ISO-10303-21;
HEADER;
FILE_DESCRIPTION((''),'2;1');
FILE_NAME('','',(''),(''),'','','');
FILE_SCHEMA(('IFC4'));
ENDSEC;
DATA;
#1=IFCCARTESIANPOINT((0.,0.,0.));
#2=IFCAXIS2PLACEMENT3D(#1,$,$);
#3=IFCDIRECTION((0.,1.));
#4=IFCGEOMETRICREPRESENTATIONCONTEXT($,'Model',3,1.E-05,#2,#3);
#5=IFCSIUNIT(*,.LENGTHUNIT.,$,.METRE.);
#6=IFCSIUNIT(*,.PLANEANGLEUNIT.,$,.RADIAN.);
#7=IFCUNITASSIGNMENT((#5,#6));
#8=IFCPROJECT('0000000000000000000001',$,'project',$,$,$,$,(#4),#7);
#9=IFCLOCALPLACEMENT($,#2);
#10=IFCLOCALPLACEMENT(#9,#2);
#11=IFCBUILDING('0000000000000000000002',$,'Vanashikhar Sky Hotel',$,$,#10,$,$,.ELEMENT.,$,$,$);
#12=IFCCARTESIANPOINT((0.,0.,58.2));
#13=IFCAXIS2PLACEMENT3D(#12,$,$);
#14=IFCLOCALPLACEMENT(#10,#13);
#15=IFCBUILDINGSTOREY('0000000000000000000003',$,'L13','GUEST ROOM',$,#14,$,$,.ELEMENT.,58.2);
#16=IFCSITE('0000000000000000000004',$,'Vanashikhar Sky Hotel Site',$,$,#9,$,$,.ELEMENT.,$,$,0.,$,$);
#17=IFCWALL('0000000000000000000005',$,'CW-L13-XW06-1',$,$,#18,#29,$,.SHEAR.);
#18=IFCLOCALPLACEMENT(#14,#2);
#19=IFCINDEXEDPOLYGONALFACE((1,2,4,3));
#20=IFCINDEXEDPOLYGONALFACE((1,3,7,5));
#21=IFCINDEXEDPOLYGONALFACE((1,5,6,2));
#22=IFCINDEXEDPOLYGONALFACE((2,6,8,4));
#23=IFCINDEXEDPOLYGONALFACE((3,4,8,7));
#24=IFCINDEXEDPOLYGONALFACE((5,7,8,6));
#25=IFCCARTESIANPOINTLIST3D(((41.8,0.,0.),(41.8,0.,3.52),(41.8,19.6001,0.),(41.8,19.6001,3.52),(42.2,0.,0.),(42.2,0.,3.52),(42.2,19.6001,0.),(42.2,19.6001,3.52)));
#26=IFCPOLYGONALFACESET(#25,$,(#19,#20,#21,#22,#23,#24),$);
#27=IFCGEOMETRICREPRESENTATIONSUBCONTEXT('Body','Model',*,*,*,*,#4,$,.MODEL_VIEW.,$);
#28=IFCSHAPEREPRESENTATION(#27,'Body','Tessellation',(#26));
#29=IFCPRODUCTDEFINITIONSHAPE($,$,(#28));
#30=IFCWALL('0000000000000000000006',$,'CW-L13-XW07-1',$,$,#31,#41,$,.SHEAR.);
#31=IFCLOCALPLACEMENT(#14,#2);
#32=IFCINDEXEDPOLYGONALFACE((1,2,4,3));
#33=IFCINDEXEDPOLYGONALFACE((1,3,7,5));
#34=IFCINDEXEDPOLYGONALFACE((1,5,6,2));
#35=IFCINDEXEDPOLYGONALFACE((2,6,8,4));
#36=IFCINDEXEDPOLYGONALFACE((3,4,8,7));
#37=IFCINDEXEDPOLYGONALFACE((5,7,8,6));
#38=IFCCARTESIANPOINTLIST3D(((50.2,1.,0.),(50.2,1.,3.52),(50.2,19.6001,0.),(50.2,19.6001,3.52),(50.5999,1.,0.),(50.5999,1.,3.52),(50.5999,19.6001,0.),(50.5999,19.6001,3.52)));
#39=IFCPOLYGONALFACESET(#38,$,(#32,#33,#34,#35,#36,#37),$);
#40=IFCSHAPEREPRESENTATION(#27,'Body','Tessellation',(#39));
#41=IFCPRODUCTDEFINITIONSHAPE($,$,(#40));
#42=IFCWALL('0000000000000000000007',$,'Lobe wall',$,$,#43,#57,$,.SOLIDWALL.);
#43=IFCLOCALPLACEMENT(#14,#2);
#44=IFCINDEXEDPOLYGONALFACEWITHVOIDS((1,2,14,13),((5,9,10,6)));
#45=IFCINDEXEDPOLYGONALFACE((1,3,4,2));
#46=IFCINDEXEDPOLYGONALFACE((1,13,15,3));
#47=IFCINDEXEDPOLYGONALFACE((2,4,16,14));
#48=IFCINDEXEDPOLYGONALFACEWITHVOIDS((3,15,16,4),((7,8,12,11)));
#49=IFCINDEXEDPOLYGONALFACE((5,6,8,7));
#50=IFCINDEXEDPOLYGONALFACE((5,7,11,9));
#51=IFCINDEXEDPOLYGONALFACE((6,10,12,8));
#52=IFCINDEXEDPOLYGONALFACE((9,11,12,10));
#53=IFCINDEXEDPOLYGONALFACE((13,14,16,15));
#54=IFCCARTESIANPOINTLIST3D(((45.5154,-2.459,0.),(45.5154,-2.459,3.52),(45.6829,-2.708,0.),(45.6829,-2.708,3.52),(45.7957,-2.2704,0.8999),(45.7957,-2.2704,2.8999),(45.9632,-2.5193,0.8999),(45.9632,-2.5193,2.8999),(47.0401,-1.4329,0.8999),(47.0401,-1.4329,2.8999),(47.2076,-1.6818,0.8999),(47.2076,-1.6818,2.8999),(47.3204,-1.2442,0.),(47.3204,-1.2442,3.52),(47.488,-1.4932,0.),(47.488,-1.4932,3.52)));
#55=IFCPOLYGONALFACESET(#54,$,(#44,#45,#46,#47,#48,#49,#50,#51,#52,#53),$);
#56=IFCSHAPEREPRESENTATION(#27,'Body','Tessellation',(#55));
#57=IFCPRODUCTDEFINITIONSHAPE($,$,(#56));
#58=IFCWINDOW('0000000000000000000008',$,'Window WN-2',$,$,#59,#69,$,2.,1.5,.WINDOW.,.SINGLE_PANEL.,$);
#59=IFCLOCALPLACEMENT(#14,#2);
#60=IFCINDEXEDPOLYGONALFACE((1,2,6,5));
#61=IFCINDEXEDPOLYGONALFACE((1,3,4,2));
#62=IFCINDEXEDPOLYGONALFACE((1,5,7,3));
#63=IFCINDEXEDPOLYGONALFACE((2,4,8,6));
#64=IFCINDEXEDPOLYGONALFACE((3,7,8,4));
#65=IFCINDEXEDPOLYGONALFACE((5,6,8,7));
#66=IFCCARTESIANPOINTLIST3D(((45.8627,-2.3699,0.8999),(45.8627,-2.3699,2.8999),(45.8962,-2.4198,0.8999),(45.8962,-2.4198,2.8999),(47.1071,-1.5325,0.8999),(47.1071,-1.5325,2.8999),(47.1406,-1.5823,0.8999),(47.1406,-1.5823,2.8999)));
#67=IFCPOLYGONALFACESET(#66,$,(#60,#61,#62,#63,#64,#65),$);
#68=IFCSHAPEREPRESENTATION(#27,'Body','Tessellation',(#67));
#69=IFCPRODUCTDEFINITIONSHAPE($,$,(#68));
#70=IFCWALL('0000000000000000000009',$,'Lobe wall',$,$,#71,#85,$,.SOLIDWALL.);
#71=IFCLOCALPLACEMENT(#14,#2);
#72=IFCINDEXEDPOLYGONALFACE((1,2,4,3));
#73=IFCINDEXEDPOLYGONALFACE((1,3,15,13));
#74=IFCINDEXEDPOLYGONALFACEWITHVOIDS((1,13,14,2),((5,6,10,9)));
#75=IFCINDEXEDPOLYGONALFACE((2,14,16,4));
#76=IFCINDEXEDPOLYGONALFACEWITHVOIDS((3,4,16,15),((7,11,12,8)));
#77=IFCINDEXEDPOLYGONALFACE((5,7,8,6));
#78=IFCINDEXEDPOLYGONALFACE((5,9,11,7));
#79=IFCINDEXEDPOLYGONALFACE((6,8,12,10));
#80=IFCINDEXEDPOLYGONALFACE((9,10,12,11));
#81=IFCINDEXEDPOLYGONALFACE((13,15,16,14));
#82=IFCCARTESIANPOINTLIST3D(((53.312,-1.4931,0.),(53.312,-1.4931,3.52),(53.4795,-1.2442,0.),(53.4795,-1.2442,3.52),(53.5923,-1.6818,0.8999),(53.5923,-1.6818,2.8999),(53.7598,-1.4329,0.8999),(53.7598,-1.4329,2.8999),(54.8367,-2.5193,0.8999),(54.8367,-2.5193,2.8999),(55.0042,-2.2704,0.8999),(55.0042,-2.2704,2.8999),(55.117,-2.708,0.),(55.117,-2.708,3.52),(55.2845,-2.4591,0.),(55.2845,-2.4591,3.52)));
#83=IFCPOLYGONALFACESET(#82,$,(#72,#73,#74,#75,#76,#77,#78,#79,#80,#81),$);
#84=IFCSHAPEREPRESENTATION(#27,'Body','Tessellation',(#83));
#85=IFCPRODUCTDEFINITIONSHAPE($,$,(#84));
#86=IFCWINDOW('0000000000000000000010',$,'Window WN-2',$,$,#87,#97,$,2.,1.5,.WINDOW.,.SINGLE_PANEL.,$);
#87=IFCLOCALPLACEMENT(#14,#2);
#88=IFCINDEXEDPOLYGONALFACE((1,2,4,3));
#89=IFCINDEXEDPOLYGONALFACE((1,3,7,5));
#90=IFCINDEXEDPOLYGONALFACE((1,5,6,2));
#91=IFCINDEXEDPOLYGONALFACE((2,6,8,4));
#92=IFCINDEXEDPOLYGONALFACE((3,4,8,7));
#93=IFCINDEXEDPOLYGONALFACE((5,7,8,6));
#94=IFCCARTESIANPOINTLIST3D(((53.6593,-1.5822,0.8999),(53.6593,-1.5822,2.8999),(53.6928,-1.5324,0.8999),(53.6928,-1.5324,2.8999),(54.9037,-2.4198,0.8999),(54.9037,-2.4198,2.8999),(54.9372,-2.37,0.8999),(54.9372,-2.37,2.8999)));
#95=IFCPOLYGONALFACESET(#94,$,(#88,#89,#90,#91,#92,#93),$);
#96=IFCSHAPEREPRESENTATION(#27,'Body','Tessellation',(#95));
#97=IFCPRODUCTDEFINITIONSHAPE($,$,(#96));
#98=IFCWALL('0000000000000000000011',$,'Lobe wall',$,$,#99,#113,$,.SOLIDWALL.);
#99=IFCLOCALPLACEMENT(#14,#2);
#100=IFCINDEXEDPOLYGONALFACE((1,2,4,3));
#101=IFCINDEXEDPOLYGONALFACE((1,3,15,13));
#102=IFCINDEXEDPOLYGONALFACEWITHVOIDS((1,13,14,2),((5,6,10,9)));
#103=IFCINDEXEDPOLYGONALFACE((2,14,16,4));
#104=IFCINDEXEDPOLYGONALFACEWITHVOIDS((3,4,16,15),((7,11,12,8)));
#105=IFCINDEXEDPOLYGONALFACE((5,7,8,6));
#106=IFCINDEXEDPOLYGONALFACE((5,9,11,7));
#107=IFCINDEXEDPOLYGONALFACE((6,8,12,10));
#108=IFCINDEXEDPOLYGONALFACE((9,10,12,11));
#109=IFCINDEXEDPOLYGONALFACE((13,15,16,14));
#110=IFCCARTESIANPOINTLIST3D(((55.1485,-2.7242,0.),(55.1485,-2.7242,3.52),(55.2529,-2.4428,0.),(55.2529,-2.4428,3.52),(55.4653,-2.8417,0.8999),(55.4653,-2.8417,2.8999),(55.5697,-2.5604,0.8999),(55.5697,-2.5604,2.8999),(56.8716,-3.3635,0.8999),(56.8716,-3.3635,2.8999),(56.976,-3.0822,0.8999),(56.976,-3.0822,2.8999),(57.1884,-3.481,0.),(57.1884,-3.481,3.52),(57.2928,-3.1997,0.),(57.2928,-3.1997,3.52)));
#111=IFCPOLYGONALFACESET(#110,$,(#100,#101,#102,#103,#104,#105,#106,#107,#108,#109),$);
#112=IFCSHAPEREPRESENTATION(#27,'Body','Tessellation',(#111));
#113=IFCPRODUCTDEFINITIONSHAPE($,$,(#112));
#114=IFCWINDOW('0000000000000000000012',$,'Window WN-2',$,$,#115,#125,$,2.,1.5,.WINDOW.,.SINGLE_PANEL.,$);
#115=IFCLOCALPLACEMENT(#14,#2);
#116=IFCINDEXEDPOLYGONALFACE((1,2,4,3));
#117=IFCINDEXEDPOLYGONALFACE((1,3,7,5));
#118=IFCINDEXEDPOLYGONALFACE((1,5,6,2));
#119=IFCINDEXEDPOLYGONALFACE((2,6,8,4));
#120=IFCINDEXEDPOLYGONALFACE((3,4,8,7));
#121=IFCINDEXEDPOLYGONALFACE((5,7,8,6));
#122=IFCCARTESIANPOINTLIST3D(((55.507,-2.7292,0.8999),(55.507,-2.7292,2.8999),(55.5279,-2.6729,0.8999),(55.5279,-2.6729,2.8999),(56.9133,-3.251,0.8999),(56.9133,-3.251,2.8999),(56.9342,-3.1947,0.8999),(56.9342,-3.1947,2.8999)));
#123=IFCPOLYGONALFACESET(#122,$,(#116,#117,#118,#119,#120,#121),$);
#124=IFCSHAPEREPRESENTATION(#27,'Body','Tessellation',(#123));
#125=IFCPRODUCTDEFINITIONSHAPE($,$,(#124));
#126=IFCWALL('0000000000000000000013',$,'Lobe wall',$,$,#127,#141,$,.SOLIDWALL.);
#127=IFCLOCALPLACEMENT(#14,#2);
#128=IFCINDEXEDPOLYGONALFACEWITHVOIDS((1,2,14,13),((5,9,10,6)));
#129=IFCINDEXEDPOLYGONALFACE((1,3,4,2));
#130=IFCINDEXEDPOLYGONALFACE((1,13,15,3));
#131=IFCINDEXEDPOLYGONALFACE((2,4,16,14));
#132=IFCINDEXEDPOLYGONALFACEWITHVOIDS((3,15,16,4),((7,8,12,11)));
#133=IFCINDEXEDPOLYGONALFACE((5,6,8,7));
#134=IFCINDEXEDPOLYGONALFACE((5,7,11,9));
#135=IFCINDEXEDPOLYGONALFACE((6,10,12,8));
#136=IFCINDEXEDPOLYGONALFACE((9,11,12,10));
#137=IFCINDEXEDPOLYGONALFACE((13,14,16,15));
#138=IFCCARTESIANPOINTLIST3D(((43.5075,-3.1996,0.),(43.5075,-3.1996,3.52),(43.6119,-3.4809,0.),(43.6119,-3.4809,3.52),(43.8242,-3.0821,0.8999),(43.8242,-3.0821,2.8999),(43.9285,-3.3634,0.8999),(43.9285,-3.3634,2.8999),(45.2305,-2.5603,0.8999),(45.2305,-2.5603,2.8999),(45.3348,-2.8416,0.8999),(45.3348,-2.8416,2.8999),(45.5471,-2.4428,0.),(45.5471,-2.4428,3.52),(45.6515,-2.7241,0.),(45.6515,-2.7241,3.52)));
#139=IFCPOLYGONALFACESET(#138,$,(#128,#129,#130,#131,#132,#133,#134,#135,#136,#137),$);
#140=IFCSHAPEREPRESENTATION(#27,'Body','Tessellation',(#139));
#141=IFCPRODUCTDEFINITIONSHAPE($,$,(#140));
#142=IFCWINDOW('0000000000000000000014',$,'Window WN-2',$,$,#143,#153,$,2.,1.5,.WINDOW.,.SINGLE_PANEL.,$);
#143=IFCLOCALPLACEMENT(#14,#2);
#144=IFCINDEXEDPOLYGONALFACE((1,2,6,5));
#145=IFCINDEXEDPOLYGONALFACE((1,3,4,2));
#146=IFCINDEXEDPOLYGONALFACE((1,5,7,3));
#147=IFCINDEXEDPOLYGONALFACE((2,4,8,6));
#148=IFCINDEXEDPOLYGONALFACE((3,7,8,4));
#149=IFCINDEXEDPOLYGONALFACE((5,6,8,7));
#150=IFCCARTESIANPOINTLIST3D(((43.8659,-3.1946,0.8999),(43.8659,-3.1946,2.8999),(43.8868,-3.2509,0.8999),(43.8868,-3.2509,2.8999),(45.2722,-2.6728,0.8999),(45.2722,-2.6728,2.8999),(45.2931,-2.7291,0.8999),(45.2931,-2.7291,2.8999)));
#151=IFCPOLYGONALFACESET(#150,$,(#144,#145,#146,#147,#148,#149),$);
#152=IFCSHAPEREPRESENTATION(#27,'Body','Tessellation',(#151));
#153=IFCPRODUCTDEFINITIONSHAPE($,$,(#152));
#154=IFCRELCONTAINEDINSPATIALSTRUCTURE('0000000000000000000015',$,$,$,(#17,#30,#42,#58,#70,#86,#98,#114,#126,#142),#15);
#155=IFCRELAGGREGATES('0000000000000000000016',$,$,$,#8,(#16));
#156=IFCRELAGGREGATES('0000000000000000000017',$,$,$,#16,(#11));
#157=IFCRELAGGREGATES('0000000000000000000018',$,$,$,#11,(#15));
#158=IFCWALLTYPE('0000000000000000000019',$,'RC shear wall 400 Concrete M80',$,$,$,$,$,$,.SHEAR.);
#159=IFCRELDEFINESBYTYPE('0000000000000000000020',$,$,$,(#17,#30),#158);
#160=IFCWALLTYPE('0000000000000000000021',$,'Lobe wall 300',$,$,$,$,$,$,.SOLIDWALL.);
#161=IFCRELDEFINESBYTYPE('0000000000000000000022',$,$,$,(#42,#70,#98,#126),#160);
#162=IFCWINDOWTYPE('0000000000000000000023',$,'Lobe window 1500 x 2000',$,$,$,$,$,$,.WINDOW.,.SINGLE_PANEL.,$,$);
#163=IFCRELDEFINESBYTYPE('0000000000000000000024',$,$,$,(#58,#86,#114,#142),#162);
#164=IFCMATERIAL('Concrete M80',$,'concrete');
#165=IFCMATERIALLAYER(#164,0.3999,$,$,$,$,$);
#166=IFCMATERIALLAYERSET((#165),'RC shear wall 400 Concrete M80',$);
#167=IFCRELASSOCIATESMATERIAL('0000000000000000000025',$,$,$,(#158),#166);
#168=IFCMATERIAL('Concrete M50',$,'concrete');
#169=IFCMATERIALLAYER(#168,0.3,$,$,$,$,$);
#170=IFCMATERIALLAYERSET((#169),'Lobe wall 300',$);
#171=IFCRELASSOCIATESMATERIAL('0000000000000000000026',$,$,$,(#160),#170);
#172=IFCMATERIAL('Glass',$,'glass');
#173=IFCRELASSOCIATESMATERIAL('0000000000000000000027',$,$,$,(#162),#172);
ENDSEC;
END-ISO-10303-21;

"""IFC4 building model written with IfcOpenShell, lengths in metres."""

from ifc_helpers import new_model, si_unit, direction, frame, frame_2d, origin, place, context, subcontext, project, spatial, rectangle, extrude, source, transform, mapped, material, layer, layer_set, type_object, element, fill, save


model = new_model("IFC4")

# Units and contexts
model_context = context("Model", 3, precision=1e-05, world=origin(), true_north=direction((0.0, 1.0)))
body_context = subcontext(model_context, "Body", "Model", "MODEL_VIEW")
ifc_project = project(units=[si_unit("LENGTHUNIT", "METRE"), si_unit("PLANEANGLEUNIT", "RADIAN")], contexts=[model_context])

# Site, building, storey
site_placement = place(None, origin())
site = spatial("IfcSite", under=ifc_project, at=site_placement, Name="Vanashikhar Sky Hotel Site", CompositionType="ELEMENT", RefElevation=0.0)
building_placement = place(site_placement, origin())
building = spatial("IfcBuilding", under=site, at=building_placement, Name="Vanashikhar Sky Hotel", CompositionType="ELEMENT")
storey_placement = place(building_placement, frame((0.0, 0.0, 58.2)))
storey = spatial("IfcBuildingStorey", under=building, at=storey_placement, Name="L13", Description="GUEST ROOM", CompositionType="ELEMENT", Elevation=58.2)

# Walls
ifc_material_1 = material(Name="Concrete M80", Category="concrete")
ifc_layer_1 = layer(ifc_material_1, 0.3999)
ifc_layer_set_1 = layer_set([ifc_layer_1], Name="RC shear wall 400 Concrete M80")
wall_type_1 = type_object("IfcWallType", Name="RC shear wall 400 Concrete M80", PredefinedType="SHEAR", material=ifc_layer_set_1)
shared_shape_1 = source(origin(), body_context, "Body", "SweptSolid", [
    extrude(rectangle(XDim=19.6001, YDim=0.3999, at=frame_2d((9.8, 0.0))), origin(), (0.0, 0.0, 1.0), 3.52),
])
wall_1_placement = place(storey_placement, frame((42.0, 0.0, 0.0), z_axis=(0.0, 0.0, 1.0), x_axis=(0.0, 1.0, 0.0)))
element("IfcWall", 1, at=wall_1_placement, inside=storey, type_object=wall_type_1, Name="CW-L13-XW06-1", PredefinedType="SHEAR", context=body_context, shape_type="MappedRepresentation", body=[
    mapped(shared_shape_1, transform((0.0, 0.0, 0.0), scale=1.0)),
])
shared_shape_2 = source(origin(), body_context, "Body", "SweptSolid", [
    extrude(rectangle(XDim=18.6001, YDim=0.3999, at=frame_2d((9.3, 0.0))), origin(), (0.0, 0.0, 1.0), 3.52),
])
wall_2_placement = place(storey_placement, frame((50.3999, 1.0, 0.0), z_axis=(0.0, 0.0, 1.0), x_axis=(0.0, 1.0, 0.0)))
element("IfcWall", 2, at=wall_2_placement, inside=storey, type_object=wall_type_1, Name="CW-L13-XW07-1", PredefinedType="SHEAR", context=body_context, shape_type="MappedRepresentation", body=[
    mapped(shared_shape_2, transform((0.0, 0.0, 0.0), scale=1.0)),
])

# Walls, openings, windows
ifc_material_2 = material(Name="Concrete M50", Category="concrete")
ifc_layer_2 = layer(ifc_material_2, 0.3)
ifc_layer_set_2 = layer_set([ifc_layer_2], Name="Lobe wall 300")
wall_type_2 = type_object("IfcWallType", Name="Lobe wall 300", PredefinedType="SOLIDWALL", material=ifc_layer_set_2)
shared_shape_3 = source(origin(), body_context, "Body", "SweptSolid", [
    extrude(rectangle(XDim=2.1758, YDim=0.3, at=frame_2d((1.0879, 0.0))), origin(), (0.0, 0.0, 1.0), 3.52),
])
wall_3_placement = place(storey_placement, frame((45.5991, -2.5835, 0.0), z_axis=(0.0, 0.0, 1.0), x_axis=(0.829626, 0.55832, 0.0)))
wall_3 = element("IfcWall", 3, at=wall_3_placement, inside=storey, type_object=wall_type_2, Name="Lobe wall", PredefinedType="SOLIDWALL", context=body_context, shape_type="MappedRepresentation", body=[
    mapped(shared_shape_3, transform((0.0, 0.0, 0.0), scale=1.0)),
])
shared_shape_4 = source(origin(), body_context, "Body", "SweptSolid", [
    extrude(rectangle(XDim=1.5, YDim=2.0, at=frame_2d((0.75, 1.0))), frame((0.0, 0.1602, 0.0), z_axis=(0.0, -1.0, 0.0), x_axis=(1.0, 0.0, 0.0)), (0.0, 0.0, 1.0), 0.3201),
])
opening_1_placement = place(wall_3_placement, frame((0.3379, 0.0, 0.8999)))
opening_1 = element("IfcOpeningElement", 4, at=opening_1_placement, cuts=wall_3, PredefinedType="OPENING", context=body_context, shape_type="MappedRepresentation", body=[
    mapped(shared_shape_4, transform((0.0, 0.0, 0.0), scale=1.0)),
])
ifc_material_3 = material(Name="Glass", Category="glass")
window_type = type_object("IfcWindowType", Name="Lobe window 1500 x 2000", PartitioningType="SINGLE_PANEL", PredefinedType="WINDOW", material=ifc_material_3)
shared_shape_5 = source(origin(), body_context, "Body", "SweptSolid", [
    extrude(rectangle(XDim=1.5, YDim=2.0, at=frame_2d((0.75, 1.0))), frame((0.0, 0.03, 0.0), z_axis=(0.0, -1.0, 0.0), x_axis=(1.0, 0.0, 0.0)), (0.0, 0.0, 1.0), 0.0601),
])
window_1_placement = place(opening_1_placement, origin())
window_1 = element("IfcWindow", 5, at=window_1_placement, inside=storey, type_object=window_type, Name="Window WN-2", OverallHeight=2.0, OverallWidth=1.5, PartitioningType="SINGLE_PANEL", PredefinedType="WINDOW", context=body_context, shape_type="MappedRepresentation", body=[
    mapped(shared_shape_5, transform((0.0, 0.0, 0.0), scale=1.0)),
])
fill(opening_1, window_1)
wall_4_placement = place(storey_placement, frame((53.3958, -1.3687, 0.0), z_axis=(0.0, 0.0, 1.0), x_axis=(0.829591, -0.558372, 0.0)))
wall_4 = element("IfcWall", 6, at=wall_4_placement, inside=storey, type_object=wall_type_2, Name="Lobe wall", PredefinedType="SOLIDWALL", context=body_context, shape_type="MappedRepresentation", body=[
    mapped(shared_shape_3, transform((0.0, 0.0, 0.0), scale=1.0)),
])
opening_2_placement = place(wall_4_placement, frame((0.3379, 0.0, 0.8999)))
opening_2 = element("IfcOpeningElement", 7, at=opening_2_placement, cuts=wall_4, PredefinedType="OPENING", context=body_context, shape_type="MappedRepresentation", body=[
    mapped(shared_shape_4, transform((0.0, 0.0, 0.0), scale=1.0)),
])
window_2_placement = place(opening_2_placement, origin())
window_2 = element("IfcWindow", 8, at=window_2_placement, inside=storey, type_object=window_type, Name="Window WN-2", OverallHeight=2.0, OverallWidth=1.5, PartitioningType="SINGLE_PANEL", PredefinedType="WINDOW", context=body_context, shape_type="MappedRepresentation", body=[
    mapped(shared_shape_5, transform((0.0, 0.0, 0.0), scale=1.0)),
])
fill(opening_2, window_2)
wall_5_placement = place(storey_placement, frame((55.2007, -2.5835, 0.0), z_axis=(0.0, 0.0, 1.0), x_axis=(0.937546, -0.347863, 0.0)))
wall_5 = element("IfcWall", 9, at=wall_5_placement, inside=storey, type_object=wall_type_2, Name="Lobe wall", PredefinedType="SOLIDWALL", context=body_context, shape_type="MappedRepresentation", body=[
    mapped(shared_shape_3, transform((0.0, 0.0, 0.0), scale=1.0)),
])
opening_3_placement = place(wall_5_placement, frame((0.3379, 0.0, 0.8999)))
opening_3 = element("IfcOpeningElement", 10, at=opening_3_placement, cuts=wall_5, PredefinedType="OPENING", context=body_context, shape_type="MappedRepresentation", body=[
    mapped(shared_shape_4, transform((0.0, 0.0, 0.0), scale=1.0)),
])
window_3_placement = place(opening_3_placement, origin())
window_3 = element("IfcWindow", 11, at=window_3_placement, inside=storey, type_object=window_type, Name="Window WN-2", OverallHeight=2.0, OverallWidth=1.5, PartitioningType="SINGLE_PANEL", PredefinedType="WINDOW", context=body_context, shape_type="MappedRepresentation", body=[
    mapped(shared_shape_5, transform((0.0, 0.0, 0.0), scale=1.0)),
])
fill(opening_3, window_3)
shared_shape_6 = source(origin(), body_context, "Body", "SweptSolid", [
    extrude(rectangle(XDim=2.1755, YDim=0.3, at=frame_2d((1.0879, 0.0))), origin(), (0.0, 0.0, 1.0), 3.52),
])
wall_6_placement = place(storey_placement, frame((43.5596, -3.3403, 0.0), z_axis=(0.0, 0.0, 1.0), x_axis=(0.937532, 0.347899, 0.0)))
wall_6 = element("IfcWall", 12, at=wall_6_placement, inside=storey, type_object=wall_type_2, Name="Lobe wall", PredefinedType="SOLIDWALL", context=body_context, shape_type="MappedRepresentation", body=[
    mapped(shared_shape_6, transform((0.0, 0.0, 0.0), scale=1.0)),
])
opening_4_placement = place(wall_6_placement, frame((0.3379, 0.0, 0.8999)))
opening_4 = element("IfcOpeningElement", 13, at=opening_4_placement, cuts=wall_6, PredefinedType="OPENING", context=body_context, shape_type="MappedRepresentation", body=[
    mapped(shared_shape_4, transform((0.0, 0.0, 0.0), scale=1.0)),
])
window_4_placement = place(opening_4_placement, origin())
window_4 = element("IfcWindow", 14, at=window_4_placement, inside=storey, type_object=window_type, Name="Window WN-2", OverallHeight=2.0, OverallWidth=1.5, PartitioningType="SINGLE_PANEL", PredefinedType="WINDOW", context=body_context, shape_type="MappedRepresentation", body=[
    mapped(shared_shape_5, transform((0.0, 0.0, 0.0), scale=1.0)),
])
fill(opening_4, window_4)

save(model, "model.ifc")
